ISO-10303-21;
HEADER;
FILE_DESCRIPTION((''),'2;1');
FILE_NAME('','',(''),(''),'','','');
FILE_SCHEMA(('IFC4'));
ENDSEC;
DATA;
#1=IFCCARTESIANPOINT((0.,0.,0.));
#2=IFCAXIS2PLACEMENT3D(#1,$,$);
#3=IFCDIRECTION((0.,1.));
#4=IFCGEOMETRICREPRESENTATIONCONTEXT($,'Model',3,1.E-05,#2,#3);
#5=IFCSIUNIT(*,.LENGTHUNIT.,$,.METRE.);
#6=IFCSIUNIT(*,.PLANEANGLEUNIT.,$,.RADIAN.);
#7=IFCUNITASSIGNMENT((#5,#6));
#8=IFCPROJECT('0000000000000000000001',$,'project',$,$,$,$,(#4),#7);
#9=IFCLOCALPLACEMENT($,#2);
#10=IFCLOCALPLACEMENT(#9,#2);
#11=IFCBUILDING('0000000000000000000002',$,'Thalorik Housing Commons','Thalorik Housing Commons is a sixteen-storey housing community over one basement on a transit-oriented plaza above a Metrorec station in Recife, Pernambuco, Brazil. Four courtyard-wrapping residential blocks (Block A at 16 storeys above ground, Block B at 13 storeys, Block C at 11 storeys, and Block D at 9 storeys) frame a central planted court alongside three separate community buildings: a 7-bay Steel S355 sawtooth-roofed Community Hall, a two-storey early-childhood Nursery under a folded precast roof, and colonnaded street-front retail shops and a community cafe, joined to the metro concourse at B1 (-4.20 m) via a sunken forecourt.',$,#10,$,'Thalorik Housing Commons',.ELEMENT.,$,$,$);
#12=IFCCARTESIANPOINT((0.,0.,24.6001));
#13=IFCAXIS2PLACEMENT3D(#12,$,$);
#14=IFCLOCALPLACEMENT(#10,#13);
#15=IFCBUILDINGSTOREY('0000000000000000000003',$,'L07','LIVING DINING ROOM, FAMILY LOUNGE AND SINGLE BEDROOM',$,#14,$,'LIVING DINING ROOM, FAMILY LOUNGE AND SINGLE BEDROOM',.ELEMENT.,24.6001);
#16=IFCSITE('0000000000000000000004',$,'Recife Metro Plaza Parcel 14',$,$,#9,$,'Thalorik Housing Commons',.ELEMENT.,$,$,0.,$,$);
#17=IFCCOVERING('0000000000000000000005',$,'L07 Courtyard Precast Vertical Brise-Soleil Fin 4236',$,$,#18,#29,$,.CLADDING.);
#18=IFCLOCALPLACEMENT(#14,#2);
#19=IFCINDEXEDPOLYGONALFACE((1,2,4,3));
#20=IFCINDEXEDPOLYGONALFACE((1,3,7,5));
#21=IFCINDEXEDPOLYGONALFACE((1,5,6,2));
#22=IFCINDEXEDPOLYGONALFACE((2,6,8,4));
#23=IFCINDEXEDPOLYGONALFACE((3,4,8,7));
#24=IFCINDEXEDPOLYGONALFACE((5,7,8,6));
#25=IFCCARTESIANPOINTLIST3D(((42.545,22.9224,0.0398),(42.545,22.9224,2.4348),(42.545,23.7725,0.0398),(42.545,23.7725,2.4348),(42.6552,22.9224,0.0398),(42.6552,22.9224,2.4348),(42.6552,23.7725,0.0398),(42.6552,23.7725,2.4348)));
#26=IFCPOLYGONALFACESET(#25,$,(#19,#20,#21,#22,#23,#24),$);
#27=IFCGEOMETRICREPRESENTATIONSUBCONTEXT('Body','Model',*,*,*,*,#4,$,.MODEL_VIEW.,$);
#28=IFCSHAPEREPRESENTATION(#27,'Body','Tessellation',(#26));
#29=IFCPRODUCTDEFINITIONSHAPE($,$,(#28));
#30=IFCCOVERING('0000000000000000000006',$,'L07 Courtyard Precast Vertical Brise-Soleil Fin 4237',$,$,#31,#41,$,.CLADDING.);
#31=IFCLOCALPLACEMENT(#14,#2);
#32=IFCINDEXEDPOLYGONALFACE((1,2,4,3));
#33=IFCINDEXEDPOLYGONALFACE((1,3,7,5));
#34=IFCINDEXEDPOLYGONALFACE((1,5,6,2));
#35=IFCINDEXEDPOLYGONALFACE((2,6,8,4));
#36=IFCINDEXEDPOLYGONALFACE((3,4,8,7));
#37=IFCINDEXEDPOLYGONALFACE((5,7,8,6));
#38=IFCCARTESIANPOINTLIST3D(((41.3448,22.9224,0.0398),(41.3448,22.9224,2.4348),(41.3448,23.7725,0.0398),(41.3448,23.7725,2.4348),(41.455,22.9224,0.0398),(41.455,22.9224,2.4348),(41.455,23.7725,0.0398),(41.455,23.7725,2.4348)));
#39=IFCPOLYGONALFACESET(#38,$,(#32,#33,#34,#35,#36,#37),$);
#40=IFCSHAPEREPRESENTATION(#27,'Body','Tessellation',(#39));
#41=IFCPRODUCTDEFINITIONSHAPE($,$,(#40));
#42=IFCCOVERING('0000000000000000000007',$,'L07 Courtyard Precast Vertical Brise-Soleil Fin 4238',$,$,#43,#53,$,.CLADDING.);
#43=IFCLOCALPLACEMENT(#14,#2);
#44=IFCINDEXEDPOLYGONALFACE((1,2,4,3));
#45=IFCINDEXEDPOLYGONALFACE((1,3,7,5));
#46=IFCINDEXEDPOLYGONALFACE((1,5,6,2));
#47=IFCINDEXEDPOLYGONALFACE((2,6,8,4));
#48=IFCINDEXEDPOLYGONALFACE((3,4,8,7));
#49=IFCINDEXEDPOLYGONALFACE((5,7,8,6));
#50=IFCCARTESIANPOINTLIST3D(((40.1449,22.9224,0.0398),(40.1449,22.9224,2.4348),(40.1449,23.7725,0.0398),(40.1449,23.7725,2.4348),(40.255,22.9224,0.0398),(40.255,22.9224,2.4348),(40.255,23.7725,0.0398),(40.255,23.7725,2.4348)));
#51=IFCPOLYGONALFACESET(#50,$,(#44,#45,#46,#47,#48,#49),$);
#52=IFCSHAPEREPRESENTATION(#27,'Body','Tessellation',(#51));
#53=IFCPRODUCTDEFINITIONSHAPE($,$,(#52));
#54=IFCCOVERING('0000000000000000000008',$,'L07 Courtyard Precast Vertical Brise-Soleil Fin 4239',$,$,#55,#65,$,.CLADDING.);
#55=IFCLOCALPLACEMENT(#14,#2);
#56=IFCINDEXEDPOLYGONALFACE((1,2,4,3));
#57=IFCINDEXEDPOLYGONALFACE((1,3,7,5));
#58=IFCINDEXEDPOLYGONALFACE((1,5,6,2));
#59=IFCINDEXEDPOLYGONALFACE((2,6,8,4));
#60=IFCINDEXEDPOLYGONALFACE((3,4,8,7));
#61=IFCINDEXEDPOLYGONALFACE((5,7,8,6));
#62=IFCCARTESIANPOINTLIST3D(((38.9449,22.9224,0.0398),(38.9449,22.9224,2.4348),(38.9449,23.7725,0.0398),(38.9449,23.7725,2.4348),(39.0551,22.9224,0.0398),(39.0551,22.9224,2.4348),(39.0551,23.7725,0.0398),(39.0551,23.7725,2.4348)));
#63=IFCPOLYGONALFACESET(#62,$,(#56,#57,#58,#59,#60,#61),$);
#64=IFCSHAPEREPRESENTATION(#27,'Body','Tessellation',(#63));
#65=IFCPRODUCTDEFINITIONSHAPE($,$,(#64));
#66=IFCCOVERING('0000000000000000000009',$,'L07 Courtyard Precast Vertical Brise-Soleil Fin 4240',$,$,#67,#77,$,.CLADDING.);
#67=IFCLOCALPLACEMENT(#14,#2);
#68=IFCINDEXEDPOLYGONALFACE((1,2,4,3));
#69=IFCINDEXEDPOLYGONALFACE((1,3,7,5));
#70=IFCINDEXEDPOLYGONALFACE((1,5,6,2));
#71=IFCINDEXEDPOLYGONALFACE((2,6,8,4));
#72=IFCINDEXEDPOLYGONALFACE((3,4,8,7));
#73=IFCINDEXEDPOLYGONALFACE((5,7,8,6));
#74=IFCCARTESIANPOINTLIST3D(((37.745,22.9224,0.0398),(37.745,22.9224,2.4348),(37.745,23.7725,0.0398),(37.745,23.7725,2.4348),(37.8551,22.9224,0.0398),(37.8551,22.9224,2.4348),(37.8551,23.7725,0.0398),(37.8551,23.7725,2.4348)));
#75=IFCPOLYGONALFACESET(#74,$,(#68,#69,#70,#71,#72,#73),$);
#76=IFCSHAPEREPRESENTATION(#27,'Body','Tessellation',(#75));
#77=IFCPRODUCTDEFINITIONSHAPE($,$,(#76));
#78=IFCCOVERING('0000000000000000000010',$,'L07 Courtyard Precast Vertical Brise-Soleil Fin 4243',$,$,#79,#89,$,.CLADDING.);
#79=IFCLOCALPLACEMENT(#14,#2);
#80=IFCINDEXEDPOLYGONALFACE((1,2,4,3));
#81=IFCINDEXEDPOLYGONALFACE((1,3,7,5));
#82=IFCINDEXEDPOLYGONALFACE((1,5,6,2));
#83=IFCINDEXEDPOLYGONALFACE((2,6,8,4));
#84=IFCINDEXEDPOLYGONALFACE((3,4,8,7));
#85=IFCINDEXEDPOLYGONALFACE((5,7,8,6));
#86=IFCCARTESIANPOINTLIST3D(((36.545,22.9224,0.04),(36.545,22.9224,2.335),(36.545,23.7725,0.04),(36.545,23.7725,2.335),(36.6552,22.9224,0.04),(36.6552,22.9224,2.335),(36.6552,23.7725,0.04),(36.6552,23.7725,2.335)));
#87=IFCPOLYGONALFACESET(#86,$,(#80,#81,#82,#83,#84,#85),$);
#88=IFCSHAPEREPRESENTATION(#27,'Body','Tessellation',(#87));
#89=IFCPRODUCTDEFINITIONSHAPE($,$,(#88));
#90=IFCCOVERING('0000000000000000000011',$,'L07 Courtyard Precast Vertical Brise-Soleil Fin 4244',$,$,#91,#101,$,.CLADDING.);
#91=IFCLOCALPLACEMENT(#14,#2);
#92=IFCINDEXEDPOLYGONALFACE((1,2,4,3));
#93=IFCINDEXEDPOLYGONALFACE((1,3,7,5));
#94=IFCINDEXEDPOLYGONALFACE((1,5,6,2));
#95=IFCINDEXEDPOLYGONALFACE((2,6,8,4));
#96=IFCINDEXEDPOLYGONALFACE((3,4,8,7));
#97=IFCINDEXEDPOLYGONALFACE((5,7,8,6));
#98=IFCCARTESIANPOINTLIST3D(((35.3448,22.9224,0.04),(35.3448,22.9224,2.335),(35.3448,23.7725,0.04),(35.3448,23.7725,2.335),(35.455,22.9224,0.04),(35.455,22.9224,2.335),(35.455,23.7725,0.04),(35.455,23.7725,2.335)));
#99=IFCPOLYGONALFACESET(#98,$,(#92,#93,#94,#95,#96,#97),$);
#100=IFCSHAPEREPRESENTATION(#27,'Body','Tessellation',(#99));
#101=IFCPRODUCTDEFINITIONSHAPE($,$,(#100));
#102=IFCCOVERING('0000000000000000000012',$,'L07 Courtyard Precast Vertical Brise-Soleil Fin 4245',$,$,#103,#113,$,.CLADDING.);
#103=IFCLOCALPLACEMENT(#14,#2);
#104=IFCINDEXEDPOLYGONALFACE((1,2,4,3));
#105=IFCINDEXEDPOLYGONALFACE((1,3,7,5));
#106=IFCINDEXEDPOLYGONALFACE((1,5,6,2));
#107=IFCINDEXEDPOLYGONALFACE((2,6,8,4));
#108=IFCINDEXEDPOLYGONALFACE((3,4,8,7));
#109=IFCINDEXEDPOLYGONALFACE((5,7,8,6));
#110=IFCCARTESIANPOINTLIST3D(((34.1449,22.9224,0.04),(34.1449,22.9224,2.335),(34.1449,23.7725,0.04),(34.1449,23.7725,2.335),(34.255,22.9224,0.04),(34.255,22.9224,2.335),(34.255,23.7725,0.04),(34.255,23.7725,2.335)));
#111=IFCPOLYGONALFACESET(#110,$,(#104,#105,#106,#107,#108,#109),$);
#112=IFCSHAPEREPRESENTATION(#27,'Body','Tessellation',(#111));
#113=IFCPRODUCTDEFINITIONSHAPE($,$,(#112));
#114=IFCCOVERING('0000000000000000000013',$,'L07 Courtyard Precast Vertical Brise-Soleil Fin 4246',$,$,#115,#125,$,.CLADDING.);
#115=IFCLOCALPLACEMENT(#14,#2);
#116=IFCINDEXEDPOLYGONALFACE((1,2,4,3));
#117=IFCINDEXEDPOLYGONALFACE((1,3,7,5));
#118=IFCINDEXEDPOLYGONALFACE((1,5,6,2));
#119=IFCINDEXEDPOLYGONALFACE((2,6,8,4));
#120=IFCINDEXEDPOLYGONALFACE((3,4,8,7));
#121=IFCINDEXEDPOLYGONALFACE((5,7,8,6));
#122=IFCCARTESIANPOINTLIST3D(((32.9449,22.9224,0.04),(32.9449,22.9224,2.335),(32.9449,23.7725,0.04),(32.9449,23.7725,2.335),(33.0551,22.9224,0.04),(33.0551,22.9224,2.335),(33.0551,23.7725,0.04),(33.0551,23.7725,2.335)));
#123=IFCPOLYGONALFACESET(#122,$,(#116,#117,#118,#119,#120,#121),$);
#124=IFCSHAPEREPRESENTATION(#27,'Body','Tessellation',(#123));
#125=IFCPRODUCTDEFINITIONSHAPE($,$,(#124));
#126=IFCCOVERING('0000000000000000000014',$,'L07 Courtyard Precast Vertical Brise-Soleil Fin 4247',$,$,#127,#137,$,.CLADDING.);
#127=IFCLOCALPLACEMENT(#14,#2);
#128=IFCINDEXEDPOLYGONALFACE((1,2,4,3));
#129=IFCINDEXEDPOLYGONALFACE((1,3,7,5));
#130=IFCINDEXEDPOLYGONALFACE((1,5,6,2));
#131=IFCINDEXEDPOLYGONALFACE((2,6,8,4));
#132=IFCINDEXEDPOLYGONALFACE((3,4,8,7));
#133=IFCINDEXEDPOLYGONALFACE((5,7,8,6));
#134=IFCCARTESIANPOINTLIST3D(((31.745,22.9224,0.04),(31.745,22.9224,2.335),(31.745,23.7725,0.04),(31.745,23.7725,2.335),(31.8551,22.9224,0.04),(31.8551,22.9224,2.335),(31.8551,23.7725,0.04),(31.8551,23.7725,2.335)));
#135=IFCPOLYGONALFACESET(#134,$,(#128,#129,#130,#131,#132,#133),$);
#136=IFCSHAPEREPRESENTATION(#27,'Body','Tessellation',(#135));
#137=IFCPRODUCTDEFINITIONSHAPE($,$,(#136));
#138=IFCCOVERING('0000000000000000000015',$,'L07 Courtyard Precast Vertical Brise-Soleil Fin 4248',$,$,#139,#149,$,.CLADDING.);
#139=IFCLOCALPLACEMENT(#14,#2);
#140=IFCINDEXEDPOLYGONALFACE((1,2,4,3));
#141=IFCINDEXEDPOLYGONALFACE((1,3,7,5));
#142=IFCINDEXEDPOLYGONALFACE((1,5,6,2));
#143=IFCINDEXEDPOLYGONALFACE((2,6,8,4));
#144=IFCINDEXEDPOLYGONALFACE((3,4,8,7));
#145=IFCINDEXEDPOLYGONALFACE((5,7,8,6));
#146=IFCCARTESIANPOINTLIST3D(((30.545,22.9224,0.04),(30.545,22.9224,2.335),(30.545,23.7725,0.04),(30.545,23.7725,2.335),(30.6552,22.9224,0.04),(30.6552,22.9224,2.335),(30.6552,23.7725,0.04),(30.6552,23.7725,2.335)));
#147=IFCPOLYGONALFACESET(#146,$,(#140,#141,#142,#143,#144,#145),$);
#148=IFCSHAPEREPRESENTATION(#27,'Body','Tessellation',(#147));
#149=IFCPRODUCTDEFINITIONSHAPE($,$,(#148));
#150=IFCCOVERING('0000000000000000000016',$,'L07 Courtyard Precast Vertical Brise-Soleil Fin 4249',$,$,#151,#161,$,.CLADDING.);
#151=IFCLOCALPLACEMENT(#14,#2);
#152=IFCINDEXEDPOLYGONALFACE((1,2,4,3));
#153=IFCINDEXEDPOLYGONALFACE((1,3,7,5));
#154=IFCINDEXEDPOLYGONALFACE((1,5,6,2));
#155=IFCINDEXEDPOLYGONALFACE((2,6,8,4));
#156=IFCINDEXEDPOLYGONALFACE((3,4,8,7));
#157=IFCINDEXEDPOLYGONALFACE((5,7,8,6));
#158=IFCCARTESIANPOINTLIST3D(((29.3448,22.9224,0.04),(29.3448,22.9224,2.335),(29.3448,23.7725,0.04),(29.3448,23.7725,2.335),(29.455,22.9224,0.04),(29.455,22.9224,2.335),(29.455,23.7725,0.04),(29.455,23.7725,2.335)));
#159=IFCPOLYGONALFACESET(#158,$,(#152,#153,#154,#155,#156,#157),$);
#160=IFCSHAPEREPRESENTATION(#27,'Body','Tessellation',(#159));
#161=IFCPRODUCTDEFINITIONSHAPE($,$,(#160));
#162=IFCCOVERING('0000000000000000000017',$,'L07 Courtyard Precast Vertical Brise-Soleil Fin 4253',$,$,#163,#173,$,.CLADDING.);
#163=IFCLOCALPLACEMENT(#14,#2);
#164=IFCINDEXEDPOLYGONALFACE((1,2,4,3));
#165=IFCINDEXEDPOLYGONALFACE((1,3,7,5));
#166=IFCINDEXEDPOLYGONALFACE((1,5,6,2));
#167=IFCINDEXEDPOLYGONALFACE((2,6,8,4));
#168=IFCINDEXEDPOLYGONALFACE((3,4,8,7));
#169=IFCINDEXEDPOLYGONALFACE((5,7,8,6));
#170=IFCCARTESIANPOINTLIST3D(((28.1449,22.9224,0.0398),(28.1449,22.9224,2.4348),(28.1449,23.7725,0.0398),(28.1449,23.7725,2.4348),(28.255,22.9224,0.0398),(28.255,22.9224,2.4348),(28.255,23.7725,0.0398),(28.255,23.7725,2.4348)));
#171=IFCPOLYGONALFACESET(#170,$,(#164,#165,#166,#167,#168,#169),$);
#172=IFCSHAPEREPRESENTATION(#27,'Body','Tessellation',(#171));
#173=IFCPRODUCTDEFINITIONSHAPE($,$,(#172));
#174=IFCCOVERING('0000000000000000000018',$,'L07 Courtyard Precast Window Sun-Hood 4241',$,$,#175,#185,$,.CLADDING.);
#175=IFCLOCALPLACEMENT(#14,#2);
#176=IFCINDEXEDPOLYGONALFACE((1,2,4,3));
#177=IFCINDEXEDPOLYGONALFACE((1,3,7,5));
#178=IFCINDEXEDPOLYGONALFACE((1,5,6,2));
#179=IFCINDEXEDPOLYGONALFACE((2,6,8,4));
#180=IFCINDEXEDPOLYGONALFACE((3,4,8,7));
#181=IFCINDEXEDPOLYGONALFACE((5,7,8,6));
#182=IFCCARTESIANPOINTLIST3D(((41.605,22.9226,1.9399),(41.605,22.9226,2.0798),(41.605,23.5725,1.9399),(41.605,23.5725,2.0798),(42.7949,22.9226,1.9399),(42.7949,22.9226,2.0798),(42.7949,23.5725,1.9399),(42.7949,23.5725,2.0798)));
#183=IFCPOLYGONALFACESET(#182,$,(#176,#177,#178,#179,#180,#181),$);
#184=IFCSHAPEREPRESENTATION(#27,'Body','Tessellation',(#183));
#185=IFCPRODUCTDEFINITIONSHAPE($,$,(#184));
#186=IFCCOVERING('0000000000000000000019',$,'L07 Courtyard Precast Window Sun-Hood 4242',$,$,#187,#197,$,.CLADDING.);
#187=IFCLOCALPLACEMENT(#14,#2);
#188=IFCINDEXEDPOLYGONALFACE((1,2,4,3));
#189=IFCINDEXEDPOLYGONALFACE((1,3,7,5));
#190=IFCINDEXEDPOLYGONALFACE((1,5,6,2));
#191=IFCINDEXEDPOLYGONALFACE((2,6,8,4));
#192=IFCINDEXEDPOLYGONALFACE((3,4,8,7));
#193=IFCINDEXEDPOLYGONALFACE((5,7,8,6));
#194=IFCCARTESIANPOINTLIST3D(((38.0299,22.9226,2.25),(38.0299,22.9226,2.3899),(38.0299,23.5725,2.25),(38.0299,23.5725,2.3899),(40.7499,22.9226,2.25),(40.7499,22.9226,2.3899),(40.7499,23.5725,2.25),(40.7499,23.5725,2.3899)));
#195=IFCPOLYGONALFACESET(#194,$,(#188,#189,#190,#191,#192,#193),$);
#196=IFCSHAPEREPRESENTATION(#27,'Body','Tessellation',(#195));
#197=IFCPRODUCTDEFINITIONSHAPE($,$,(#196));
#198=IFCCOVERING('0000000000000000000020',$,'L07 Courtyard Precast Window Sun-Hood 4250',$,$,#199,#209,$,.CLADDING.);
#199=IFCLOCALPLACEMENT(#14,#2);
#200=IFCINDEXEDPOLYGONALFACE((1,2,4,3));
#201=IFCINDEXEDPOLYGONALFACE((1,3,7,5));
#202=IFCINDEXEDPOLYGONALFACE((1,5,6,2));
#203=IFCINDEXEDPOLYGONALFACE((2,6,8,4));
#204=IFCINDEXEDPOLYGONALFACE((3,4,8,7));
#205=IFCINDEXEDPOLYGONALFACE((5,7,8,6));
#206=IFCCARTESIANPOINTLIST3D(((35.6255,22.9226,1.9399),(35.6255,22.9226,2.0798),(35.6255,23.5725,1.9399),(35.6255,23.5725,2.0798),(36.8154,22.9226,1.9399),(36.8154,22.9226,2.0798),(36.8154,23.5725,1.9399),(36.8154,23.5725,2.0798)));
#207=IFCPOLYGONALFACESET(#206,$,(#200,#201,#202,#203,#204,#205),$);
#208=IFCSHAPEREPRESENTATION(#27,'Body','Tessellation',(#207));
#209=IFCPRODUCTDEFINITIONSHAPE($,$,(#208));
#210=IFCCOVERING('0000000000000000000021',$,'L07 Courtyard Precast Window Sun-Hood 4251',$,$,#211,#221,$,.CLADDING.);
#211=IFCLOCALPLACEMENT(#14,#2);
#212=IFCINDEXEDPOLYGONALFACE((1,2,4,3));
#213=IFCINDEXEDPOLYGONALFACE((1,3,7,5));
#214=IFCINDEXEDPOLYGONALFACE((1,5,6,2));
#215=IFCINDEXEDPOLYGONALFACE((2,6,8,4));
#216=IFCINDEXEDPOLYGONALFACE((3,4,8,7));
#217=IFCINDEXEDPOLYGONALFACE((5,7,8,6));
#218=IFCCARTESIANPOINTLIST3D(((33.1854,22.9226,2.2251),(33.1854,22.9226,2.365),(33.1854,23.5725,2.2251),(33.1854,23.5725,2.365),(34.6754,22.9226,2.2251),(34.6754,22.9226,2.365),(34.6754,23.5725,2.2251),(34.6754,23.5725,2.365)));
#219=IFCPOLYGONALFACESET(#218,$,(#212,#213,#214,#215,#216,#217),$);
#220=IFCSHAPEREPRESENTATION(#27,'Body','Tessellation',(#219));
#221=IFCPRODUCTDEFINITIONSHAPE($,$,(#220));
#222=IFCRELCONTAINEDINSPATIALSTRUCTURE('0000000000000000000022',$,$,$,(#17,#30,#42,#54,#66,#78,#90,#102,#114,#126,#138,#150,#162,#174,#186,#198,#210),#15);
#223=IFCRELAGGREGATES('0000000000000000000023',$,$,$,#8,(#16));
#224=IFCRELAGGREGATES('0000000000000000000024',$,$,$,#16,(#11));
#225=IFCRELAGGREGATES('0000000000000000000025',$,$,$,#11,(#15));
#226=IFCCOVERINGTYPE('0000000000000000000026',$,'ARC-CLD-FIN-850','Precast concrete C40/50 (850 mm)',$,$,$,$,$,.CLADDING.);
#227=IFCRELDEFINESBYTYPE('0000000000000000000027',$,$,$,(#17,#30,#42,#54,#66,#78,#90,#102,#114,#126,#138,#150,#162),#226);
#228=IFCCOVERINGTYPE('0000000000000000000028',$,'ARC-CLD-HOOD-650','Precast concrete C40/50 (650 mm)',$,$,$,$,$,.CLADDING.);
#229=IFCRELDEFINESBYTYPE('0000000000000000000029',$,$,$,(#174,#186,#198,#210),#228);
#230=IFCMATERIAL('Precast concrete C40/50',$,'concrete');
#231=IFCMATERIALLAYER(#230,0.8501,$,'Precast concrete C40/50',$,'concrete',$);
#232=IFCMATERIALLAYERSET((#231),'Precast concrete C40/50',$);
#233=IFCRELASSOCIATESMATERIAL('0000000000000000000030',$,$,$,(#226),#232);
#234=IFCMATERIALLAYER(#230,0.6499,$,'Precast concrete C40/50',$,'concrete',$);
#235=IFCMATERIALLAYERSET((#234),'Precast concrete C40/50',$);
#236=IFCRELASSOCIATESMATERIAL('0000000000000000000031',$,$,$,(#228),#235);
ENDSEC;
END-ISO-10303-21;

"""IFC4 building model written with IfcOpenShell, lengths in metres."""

from ifc_helpers import new_model, si_unit, direction, frame, origin, origin_2d, place, context, subcontext, project, spatial, rectangle, extrude, material, layer, layer_set, type_object, element, save


model = new_model("IFC4")

# Units and contexts
model_context = context("Model", 3, precision=1e-05, world=origin(), true_north=direction((0.0, 1.0)))
body_context = subcontext(model_context, "Body", "Model", "MODEL_VIEW")
ifc_project = project(units=[si_unit("LENGTHUNIT", "METRE"), si_unit("PLANEANGLEUNIT", "RADIAN")], contexts=[model_context])

# Site, building, storey
site_placement = place(None, origin())
site = spatial("IfcSite", under=ifc_project, at=site_placement, Name="Recife Metro Plaza Parcel 14", LongName="Thalorik Housing Commons", CompositionType="ELEMENT", RefElevation=0.0)
building_placement = place(site_placement, origin())
building = spatial("IfcBuilding", under=site, at=building_placement, Name="Thalorik Housing Commons", Description="Thalorik Housing Commons is a sixteen-storey housing community over one basement on a transit-oriented plaza above a Metrorec station in Recife, Pernambuco, Brazil. Four courtyard-wrapping residential blocks (Block A at 16 storeys above ground, Block B at 13 storeys, Block C at 11 storeys, and Block D at 9 storeys) frame a central planted court alongside three separate community buildings: a 7-bay Steel S355 sawtooth-roofed Community Hall, a two-storey early-childhood Nursery under a folded precast roof, and colonnaded street-front retail shops and a community cafe, joined to the metro concourse at B1 (-4.20 m) via a sunken forecourt.", LongName="Thalorik Housing Commons", CompositionType="ELEMENT")
storey_placement = place(building_placement, frame((0.0, 0.0, 24.6001)))
storey = spatial("IfcBuildingStorey", under=building, at=storey_placement, Name="L07", Description="LIVING DINING ROOM, FAMILY LOUNGE AND SINGLE BEDROOM", LongName="LIVING DINING ROOM, FAMILY LOUNGE AND SINGLE BEDROOM", CompositionType="ELEMENT", Elevation=24.6001)

# Shared definitions
ifc_material_1 = material(Name="Precast concrete C40/50", Category="concrete")

# Coverings
ifc_layer_1 = layer(ifc_material_1, 0.8501, Name="Precast concrete C40/50", Category="concrete")
ifc_layer_set_1 = layer_set([ifc_layer_1], Name="Precast concrete C40/50")
covering_type_1 = type_object("IfcCoveringType", Name="ARC-CLD-FIN-850", Description="Precast concrete C40/50 (850 mm)", PredefinedType="CLADDING", material=ifc_layer_set_1)
for number, where, z_axis, x_axis, name in (
    (1, (42.6001, 23.3474, 0.0398), (0.0, 0.0, 1.0), (-1.0, 0.0, 0.0), "L07 Courtyard Precast Vertical Brise-Soleil Fin 4236"),
    (2, (41.3999, 23.3474, 0.0398), (0.0, 0.0, 1.0), (-1.0, 0.0, 0.0), "L07 Courtyard Precast Vertical Brise-Soleil Fin 4237"),
    (3, (40.2, 23.3474, 0.0398), (0.0, 0.0, 1.0), (-1.0, 0.0, 0.0), "L07 Courtyard Precast Vertical Brise-Soleil Fin 4238"),
    (4, (39.0, 23.3474, 0.0398), (0.0, 0.0, 1.0), (-1.0, 0.0, 0.0), "L07 Courtyard Precast Vertical Brise-Soleil Fin 4239"),
    (5, (37.8, 23.3474, 0.0398), (0.0, 0.0, 1.0), (-1.0, 0.0, 0.0), "L07 Courtyard Precast Vertical Brise-Soleil Fin 4240"),
):
    element("IfcCovering", number, at=place(storey_placement, frame(where, z_axis=z_axis, x_axis=x_axis)), inside=storey, type_object=covering_type_1, Name=name, PredefinedType="CLADDING", context=body_context, shape_type="SweptSolid", body=[
        extrude(rectangle(XDim=0.1101, YDim=0.8501, at=origin_2d()), origin(), (0.0, 0.0, 1.0), 2.395),
    ])
for number, where, z_axis, x_axis, name in (
    (6, (36.6001, 23.3474, 0.04), (0.0, 0.0, 1.0), (-1.0, 0.0, 0.0), "L07 Courtyard Precast Vertical Brise-Soleil Fin 4243"),
    (7, (35.3999, 23.3474, 0.04), (0.0, 0.0, 1.0), (-1.0, 0.0, 0.0), "L07 Courtyard Precast Vertical Brise-Soleil Fin 4244"),
    (8, (34.2, 23.3474, 0.04), (0.0, 0.0, 1.0), (-1.0, 0.0, 0.0), "L07 Courtyard Precast Vertical Brise-Soleil Fin 4245"),
    (9, (33.0, 23.3474, 0.04), (0.0, 0.0, 1.0), (-1.0, 0.0, 0.0), "L07 Courtyard Precast Vertical Brise-Soleil Fin 4246"),
    (10, (31.8, 23.3474, 0.04), (0.0, 0.0, 1.0), (-1.0, 0.0, 0.0), "L07 Courtyard Precast Vertical Brise-Soleil Fin 4247"),
    (11, (30.6001, 23.3474, 0.04), (0.0, 0.0, 1.0), (-1.0, 0.0, 0.0), "L07 Courtyard Precast Vertical Brise-Soleil Fin 4248"),
    (12, (29.3999, 23.3474, 0.04), (0.0, 0.0, 1.0), (-1.0, 0.0, 0.0), "L07 Courtyard Precast Vertical Brise-Soleil Fin 4249"),
):
    element("IfcCovering", number, at=place(storey_placement, frame(where, z_axis=z_axis, x_axis=x_axis)), inside=storey, type_object=covering_type_1, Name=name, PredefinedType="CLADDING", context=body_context, shape_type="SweptSolid", body=[
        extrude(rectangle(XDim=0.1101, YDim=0.8501, at=origin_2d()), origin(), (0.0, 0.0, 1.0), 2.2949),
    ])
covering_1_placement = place(storey_placement, frame((28.2, 23.3474, 0.0398), z_axis=(0.0, 0.0, 1.0), x_axis=(-1.0, 0.0, 0.0)))
element("IfcCovering", 13, at=covering_1_placement, inside=storey, type_object=covering_type_1, Name="L07 Courtyard Precast Vertical Brise-Soleil Fin 4253", PredefinedType="CLADDING", context=body_context, shape_type="SweptSolid", body=[
    extrude(rectangle(XDim=0.1101, YDim=0.8501, at=origin_2d()), origin(), (0.0, 0.0, 1.0), 2.395),
])
ifc_layer_2 = layer(ifc_material_1, 0.6499, Name="Precast concrete C40/50", Category="concrete")
ifc_layer_set_2 = layer_set([ifc_layer_2], Name="Precast concrete C40/50")
covering_type_2 = type_object("IfcCoveringType", Name="ARC-CLD-HOOD-650", Description="Precast concrete C40/50 (650 mm)", PredefinedType="CLADDING", material=ifc_layer_set_2)
covering_2_placement = place(storey_placement, frame((42.2, 23.2476, 1.9399), z_axis=(0.0, 0.0, 1.0), x_axis=(-1.0, 0.0, 0.0)))
element("IfcCovering", 14, at=covering_2_placement, inside=storey, type_object=covering_type_2, Name="L07 Courtyard Precast Window Sun-Hood 4241", PredefinedType="CLADDING", context=body_context, shape_type="SweptSolid", body=[
    extrude(rectangle(XDim=1.1899, YDim=0.6499, at=origin_2d()), origin(), (0.0, 0.0, 1.0), 0.1399),
])
covering_3_placement = place(storey_placement, frame((39.3899, 23.2476, 2.25), z_axis=(0.0, 0.0, 1.0), x_axis=(-1.0, 0.0, 0.0)))
element("IfcCovering", 15, at=covering_3_placement, inside=storey, type_object=covering_type_2, Name="L07 Courtyard Precast Window Sun-Hood 4242", PredefinedType="CLADDING", context=body_context, shape_type="SweptSolid", body=[
    extrude(rectangle(XDim=2.72, YDim=0.6499, at=origin_2d()), origin(), (0.0, 0.0, 1.0), 0.1399),
])
covering_4_placement = place(storey_placement, frame((36.2205, 23.2476, 1.9399), z_axis=(0.0, 0.0, 1.0), x_axis=(-1.0, 0.0, 0.0)))
element("IfcCovering", 16, at=covering_4_placement, inside=storey, type_object=covering_type_2, Name="L07 Courtyard Precast Window Sun-Hood 4250", PredefinedType="CLADDING", context=body_context, shape_type="SweptSolid", body=[
    extrude(rectangle(XDim=1.1899, YDim=0.6499, at=origin_2d()), origin(), (0.0, 0.0, 1.0), 0.1399),
])
covering_5_placement = place(storey_placement, frame((33.9304, 23.2476, 2.2251), z_axis=(0.0, 0.0, 1.0), x_axis=(-1.0, 0.0, 0.0)))
element("IfcCovering", 17, at=covering_5_placement, inside=storey, type_object=covering_type_2, Name="L07 Courtyard Precast Window Sun-Hood 4251", PredefinedType="CLADDING", context=body_context, shape_type="SweptSolid", body=[
    extrude(rectangle(XDim=1.49, YDim=0.6499, at=origin_2d()), origin(), (0.0, 0.0, 1.0), 0.1399),
])

save(model, "model.ifc")
